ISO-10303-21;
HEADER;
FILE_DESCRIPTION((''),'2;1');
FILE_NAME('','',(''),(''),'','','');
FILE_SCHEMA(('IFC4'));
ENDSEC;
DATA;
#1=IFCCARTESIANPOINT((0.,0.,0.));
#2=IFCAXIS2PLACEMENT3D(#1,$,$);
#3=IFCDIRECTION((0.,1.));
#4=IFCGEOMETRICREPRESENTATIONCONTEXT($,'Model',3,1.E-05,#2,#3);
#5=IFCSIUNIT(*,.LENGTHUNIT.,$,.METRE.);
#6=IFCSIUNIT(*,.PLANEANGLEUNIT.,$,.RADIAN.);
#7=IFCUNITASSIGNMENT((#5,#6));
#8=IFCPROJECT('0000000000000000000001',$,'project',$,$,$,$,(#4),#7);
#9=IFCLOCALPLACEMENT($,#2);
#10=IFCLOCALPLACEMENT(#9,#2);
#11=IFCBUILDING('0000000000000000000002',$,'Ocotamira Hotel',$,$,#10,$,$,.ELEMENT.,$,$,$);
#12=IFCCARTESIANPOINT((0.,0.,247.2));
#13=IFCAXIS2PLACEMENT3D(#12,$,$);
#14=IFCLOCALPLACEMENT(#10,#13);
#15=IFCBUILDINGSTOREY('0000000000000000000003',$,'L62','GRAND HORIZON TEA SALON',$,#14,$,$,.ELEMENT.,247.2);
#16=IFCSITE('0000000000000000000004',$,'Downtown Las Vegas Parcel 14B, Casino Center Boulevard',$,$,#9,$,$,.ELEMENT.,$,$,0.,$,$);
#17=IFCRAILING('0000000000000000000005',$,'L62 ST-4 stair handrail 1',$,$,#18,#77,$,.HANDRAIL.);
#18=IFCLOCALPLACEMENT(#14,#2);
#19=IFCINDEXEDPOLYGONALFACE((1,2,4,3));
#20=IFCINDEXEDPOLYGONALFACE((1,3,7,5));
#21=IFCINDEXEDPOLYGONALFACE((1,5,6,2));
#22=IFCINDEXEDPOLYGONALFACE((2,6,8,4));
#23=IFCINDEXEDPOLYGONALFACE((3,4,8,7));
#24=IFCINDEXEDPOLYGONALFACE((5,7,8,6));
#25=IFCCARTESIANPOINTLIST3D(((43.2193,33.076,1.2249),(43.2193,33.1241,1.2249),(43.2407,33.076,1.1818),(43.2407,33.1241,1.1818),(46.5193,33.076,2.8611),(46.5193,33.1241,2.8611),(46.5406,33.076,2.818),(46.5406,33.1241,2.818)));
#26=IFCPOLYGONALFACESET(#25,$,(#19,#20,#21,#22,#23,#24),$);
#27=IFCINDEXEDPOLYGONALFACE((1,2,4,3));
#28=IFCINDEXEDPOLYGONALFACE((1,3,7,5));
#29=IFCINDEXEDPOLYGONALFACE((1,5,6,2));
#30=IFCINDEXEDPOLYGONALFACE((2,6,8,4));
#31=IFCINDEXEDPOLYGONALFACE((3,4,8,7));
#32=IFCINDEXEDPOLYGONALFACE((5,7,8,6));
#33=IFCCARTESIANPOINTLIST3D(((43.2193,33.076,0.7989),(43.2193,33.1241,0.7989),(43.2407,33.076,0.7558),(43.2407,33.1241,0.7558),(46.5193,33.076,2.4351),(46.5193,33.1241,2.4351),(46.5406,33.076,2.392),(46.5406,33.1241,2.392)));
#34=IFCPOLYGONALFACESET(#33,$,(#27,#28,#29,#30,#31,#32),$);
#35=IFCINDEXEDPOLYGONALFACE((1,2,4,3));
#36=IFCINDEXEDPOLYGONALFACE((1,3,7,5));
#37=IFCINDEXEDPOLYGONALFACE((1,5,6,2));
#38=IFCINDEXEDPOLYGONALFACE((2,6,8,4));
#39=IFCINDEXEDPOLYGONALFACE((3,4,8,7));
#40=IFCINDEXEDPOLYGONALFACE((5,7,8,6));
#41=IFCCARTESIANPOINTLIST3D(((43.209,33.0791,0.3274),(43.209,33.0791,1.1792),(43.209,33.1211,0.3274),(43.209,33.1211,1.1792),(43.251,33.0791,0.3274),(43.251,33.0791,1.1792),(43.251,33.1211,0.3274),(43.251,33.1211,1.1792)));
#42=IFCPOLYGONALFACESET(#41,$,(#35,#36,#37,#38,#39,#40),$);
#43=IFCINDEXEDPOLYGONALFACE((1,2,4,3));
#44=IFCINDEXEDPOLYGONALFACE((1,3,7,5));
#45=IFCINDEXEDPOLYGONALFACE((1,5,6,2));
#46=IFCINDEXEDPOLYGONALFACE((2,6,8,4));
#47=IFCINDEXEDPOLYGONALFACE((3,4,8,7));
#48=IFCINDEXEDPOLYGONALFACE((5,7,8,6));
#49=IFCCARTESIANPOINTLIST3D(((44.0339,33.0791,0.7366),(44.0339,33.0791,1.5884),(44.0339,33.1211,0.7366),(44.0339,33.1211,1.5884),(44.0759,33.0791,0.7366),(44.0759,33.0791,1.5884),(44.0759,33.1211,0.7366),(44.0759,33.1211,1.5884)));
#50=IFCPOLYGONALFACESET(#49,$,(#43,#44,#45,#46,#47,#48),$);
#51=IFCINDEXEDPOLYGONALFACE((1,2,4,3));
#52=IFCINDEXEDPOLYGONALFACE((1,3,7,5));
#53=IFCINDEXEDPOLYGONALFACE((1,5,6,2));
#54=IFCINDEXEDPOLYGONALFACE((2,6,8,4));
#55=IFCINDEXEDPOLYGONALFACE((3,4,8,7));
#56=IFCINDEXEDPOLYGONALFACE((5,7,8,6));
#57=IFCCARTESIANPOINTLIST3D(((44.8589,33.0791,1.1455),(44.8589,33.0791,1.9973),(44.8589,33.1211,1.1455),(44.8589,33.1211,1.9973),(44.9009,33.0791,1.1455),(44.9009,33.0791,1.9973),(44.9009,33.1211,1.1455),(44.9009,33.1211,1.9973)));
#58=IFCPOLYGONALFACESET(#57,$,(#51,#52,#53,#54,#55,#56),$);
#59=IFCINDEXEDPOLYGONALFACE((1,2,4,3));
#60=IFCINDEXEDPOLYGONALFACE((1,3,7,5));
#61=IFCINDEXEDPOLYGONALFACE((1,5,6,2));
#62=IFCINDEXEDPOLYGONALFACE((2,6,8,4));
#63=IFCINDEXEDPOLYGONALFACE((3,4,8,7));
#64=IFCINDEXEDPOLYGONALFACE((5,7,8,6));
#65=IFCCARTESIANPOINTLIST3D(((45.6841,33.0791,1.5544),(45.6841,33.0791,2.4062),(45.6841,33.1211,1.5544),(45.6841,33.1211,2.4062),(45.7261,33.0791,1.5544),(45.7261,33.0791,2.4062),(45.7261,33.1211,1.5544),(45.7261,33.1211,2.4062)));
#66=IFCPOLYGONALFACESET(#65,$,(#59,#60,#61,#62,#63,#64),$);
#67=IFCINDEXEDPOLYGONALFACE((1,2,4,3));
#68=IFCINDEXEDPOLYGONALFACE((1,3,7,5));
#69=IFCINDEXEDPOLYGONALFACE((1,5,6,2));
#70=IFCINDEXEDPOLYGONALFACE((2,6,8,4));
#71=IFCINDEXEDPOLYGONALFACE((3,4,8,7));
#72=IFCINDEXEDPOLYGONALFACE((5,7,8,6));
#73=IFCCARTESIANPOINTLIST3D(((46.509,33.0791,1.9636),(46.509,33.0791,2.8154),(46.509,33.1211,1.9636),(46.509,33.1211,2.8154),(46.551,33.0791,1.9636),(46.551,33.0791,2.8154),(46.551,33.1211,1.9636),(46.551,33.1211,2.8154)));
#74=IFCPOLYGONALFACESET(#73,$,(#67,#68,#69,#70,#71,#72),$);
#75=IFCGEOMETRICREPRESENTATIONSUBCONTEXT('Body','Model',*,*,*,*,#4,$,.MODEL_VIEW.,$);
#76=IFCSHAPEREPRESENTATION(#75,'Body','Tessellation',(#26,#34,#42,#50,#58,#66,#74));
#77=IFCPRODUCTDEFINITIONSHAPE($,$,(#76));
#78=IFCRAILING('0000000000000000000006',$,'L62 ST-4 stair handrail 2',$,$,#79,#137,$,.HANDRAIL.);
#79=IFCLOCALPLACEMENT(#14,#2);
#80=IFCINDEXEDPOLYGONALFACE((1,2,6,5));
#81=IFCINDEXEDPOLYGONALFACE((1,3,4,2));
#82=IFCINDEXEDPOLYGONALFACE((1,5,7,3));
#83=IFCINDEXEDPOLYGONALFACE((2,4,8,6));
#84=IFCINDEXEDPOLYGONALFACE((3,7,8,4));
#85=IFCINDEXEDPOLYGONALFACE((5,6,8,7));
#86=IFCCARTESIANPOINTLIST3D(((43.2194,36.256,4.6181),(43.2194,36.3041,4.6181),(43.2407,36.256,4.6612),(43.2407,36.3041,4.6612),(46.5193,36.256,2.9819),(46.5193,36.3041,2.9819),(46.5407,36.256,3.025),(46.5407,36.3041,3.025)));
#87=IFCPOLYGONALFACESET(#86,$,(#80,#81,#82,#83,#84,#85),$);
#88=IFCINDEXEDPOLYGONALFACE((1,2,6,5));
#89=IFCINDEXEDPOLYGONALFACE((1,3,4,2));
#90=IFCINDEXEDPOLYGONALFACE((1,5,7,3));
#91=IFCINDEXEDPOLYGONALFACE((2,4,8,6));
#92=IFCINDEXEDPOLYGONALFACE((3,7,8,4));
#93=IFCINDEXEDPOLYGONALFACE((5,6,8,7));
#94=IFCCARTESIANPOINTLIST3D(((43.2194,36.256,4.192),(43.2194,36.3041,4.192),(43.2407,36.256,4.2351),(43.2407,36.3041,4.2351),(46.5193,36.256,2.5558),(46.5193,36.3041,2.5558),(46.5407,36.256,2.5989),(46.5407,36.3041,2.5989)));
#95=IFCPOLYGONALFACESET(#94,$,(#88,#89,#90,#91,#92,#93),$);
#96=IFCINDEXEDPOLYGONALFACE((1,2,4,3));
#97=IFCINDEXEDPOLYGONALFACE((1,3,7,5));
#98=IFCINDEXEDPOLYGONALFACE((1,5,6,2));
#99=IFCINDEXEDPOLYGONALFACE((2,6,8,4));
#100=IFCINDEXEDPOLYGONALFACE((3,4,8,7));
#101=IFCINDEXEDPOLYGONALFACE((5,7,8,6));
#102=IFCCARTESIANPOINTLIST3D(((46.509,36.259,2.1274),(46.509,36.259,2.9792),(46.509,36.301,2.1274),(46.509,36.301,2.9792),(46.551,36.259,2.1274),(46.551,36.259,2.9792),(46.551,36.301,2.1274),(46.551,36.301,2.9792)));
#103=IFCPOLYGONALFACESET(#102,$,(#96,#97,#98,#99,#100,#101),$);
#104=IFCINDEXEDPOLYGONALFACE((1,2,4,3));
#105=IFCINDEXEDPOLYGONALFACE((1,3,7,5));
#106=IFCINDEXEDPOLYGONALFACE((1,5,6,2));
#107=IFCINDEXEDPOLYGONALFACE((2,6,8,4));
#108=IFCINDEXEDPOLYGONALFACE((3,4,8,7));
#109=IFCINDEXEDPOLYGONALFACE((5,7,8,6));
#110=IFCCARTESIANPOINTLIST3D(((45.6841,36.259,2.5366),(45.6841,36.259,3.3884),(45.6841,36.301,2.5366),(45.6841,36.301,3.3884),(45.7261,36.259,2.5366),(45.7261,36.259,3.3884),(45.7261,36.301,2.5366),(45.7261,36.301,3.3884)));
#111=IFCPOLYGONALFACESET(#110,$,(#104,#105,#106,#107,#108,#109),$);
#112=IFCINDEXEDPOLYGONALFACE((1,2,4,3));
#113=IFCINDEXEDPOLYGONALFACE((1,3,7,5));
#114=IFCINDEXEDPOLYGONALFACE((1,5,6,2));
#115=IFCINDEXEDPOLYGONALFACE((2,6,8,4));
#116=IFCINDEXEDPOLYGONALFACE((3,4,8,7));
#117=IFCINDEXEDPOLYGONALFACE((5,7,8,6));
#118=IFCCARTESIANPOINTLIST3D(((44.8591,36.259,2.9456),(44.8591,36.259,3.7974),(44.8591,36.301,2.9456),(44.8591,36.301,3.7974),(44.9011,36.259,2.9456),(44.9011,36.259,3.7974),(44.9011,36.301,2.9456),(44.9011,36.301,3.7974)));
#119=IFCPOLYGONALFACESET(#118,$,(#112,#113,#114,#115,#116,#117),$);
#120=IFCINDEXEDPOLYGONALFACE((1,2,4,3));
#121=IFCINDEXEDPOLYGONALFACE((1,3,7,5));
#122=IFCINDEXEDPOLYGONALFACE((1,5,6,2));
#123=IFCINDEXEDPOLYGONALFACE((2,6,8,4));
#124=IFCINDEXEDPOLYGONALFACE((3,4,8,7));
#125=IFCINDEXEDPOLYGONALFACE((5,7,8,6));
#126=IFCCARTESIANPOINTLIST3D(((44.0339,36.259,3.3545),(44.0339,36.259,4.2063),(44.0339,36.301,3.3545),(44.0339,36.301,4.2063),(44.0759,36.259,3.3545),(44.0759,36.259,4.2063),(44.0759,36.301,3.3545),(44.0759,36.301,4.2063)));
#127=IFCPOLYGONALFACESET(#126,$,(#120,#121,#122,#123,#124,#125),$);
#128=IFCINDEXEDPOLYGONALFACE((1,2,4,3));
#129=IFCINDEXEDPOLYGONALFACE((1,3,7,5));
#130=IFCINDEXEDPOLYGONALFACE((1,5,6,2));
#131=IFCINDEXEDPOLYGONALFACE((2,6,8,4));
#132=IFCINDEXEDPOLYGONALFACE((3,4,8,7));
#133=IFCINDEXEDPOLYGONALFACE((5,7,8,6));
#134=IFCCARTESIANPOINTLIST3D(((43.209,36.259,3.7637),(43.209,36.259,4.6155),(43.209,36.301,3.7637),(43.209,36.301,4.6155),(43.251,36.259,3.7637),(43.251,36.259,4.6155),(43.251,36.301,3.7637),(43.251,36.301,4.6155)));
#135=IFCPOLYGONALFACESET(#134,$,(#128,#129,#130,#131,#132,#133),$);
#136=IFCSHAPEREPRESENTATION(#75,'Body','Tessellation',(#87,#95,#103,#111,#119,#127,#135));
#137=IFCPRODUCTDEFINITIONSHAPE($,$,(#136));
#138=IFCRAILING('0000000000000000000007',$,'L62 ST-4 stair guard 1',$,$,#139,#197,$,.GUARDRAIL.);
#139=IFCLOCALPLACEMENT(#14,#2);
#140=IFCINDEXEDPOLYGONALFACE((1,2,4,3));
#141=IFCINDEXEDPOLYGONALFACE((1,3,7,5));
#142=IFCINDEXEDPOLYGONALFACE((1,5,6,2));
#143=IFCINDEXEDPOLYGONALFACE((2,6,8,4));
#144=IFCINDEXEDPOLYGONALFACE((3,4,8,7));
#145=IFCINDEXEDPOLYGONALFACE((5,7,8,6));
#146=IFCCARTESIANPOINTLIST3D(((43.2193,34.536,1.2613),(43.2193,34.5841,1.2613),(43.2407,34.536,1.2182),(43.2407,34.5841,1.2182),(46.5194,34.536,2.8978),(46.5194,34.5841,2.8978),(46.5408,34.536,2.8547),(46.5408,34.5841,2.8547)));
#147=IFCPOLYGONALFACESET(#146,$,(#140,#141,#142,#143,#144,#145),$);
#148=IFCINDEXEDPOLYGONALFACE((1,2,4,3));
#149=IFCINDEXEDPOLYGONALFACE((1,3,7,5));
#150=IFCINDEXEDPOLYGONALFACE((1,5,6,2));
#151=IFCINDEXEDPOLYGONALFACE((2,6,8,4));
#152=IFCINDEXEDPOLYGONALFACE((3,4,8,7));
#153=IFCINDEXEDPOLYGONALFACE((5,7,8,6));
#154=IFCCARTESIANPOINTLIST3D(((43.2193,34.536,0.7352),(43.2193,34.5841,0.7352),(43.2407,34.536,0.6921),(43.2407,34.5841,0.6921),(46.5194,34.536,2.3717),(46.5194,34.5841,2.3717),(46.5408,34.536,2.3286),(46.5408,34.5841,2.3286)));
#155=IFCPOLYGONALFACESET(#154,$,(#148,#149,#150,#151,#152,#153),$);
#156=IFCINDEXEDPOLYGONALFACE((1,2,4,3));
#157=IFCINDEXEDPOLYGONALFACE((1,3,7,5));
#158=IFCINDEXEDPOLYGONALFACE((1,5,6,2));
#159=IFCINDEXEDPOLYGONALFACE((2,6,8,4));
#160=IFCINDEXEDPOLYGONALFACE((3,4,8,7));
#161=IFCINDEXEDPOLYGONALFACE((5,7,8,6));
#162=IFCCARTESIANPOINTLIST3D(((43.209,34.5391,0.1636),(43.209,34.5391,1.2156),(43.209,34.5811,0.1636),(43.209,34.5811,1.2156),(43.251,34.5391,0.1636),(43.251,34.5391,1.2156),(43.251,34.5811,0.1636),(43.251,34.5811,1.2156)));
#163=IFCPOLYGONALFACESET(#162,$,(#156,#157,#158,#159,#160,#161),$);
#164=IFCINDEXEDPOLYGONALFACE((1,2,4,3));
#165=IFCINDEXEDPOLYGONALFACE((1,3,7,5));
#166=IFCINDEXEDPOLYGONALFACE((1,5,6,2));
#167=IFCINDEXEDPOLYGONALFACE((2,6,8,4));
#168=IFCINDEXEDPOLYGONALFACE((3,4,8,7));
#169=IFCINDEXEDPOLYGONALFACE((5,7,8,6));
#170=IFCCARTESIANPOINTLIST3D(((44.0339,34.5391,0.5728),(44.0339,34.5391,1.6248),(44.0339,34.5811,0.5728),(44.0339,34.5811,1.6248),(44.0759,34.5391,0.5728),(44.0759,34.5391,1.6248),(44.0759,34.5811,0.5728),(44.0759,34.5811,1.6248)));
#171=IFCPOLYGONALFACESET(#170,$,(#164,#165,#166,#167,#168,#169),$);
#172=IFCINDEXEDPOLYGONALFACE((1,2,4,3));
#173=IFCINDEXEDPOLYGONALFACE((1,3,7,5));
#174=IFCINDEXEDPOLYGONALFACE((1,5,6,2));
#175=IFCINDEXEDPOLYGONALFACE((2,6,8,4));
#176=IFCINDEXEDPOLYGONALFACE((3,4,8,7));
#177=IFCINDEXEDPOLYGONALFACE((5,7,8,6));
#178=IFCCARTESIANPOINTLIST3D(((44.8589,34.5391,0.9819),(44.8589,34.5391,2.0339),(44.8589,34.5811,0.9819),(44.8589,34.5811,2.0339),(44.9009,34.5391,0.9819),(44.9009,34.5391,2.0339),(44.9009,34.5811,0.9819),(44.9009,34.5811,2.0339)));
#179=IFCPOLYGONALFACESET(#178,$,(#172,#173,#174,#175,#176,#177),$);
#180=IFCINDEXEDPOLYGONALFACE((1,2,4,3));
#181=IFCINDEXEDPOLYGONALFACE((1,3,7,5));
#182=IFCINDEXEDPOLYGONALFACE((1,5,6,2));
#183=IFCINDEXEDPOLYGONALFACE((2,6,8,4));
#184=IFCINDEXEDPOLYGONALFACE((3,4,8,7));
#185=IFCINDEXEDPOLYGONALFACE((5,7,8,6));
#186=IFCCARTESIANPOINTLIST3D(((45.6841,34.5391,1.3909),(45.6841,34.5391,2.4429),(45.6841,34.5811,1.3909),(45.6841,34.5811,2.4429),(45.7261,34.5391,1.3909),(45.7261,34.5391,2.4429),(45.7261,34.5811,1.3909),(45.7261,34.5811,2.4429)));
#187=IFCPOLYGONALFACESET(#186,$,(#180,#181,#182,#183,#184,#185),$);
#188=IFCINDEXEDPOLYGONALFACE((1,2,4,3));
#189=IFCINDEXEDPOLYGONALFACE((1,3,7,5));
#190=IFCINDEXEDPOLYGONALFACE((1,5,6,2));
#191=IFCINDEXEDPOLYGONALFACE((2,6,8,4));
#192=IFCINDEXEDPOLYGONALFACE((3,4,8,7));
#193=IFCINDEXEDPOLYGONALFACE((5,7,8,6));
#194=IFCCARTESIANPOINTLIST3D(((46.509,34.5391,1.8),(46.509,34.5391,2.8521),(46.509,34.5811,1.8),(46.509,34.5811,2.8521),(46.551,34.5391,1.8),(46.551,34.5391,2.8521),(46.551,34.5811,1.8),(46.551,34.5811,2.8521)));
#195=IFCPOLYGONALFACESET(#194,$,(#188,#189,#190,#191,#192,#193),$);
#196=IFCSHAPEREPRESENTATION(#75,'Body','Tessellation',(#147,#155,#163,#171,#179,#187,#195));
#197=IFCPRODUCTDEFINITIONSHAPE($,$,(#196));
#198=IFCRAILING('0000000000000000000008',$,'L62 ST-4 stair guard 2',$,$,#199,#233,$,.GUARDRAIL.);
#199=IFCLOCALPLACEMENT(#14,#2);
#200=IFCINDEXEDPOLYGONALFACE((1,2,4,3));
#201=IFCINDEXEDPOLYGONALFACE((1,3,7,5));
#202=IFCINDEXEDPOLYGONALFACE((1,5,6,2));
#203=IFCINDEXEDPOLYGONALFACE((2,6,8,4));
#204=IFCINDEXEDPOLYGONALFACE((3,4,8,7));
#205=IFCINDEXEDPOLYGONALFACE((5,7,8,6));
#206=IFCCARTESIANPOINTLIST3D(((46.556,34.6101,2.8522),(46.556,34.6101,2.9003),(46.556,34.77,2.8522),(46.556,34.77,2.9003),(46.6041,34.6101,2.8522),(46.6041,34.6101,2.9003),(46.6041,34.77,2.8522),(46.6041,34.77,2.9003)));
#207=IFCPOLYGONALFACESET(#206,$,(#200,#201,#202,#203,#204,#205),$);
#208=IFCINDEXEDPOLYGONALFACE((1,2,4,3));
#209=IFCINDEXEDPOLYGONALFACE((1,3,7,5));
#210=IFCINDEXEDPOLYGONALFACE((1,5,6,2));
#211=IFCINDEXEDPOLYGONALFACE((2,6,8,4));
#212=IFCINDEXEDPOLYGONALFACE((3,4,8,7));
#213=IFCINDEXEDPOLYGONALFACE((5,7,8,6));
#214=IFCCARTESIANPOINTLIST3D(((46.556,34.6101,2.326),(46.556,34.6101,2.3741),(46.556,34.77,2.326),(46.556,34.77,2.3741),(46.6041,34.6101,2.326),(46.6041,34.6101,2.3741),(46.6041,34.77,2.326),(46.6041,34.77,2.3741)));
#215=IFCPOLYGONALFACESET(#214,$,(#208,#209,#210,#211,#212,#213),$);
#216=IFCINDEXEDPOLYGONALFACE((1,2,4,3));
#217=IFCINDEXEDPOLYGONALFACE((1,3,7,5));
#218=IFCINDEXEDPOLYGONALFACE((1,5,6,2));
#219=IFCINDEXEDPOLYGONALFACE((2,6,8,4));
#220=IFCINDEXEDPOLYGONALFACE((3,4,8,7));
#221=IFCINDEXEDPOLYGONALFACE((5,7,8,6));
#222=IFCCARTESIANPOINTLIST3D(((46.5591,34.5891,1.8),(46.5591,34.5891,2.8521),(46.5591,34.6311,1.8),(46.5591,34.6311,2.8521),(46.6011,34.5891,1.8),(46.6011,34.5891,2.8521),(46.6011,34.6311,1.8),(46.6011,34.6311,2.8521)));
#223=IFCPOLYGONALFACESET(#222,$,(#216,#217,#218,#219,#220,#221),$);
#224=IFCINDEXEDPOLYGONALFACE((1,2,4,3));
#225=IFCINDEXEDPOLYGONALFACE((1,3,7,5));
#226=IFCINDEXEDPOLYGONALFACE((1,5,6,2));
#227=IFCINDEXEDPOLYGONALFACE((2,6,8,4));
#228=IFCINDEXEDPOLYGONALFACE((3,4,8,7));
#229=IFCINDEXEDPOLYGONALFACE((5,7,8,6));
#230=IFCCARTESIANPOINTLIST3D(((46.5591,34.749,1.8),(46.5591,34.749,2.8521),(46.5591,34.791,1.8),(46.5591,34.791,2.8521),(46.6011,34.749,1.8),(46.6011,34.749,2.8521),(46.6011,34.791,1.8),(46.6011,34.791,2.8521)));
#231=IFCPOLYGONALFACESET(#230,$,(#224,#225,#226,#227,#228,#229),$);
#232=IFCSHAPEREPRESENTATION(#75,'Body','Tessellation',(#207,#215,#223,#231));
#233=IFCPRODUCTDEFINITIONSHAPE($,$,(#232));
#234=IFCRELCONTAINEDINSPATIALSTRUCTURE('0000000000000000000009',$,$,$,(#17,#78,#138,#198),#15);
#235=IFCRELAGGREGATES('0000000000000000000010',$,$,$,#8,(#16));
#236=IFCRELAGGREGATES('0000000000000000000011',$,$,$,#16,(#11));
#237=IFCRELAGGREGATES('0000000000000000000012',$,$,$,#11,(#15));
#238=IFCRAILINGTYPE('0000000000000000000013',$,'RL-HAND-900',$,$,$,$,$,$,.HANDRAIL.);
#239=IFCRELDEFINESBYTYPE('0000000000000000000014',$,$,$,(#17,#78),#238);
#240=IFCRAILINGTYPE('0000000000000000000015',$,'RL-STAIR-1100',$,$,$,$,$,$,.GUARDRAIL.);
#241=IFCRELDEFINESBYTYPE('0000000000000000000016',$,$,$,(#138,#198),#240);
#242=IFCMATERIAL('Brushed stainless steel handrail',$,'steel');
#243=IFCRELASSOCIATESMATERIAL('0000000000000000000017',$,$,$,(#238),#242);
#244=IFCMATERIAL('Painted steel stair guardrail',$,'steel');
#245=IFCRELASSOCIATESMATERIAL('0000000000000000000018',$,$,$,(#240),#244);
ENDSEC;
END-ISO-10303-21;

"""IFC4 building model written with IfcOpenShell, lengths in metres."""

from ifc_helpers import new_model, si_unit, direction, frame, origin, origin_2d, place, context, subcontext, project, spatial, rectangle, extrude, material, type_object, element, save


model = new_model("IFC4")

# Units and contexts
model_context = context("Model", 3, precision=1e-05, world=origin(), true_north=direction((0.0, 1.0)))
body_context = subcontext(model_context, "Body", "Model", "MODEL_VIEW")
ifc_project = project(units=[si_unit("LENGTHUNIT", "METRE"), si_unit("PLANEANGLEUNIT", "RADIAN")], contexts=[model_context])

# Site, building, storey
site_placement = place(None, origin())
site = spatial("IfcSite", under=ifc_project, at=site_placement, Name="Downtown Las Vegas Parcel 14B, Casino Center Boulevard", CompositionType="ELEMENT", RefElevation=0.0)
building_placement = place(site_placement, origin())
building = spatial("IfcBuilding", under=site, at=building_placement, Name="Ocotamira Hotel", CompositionType="ELEMENT")
storey_placement = place(building_placement, frame((0.0, 0.0, 247.2)))
storey = spatial("IfcBuildingStorey", under=building, at=storey_placement, Name="L62", Description="GRAND HORIZON TEA SALON", CompositionType="ELEMENT", Elevation=247.2)

# Railings
ifc_material_1 = material(Name="Brushed stainless steel handrail", Category="steel")
railing_type_1 = type_object("IfcRailingType", Name="RL-HAND-900", PredefinedType="HANDRAIL", material=ifc_material_1)
railing_1_placement = place(storey_placement, frame((43.23, 33.1001, 0.3274)))
element("IfcRailing", 1, at=railing_1_placement, inside=storey, type_object=railing_type_1, Name="L62 ST-4 stair handrail 1", PredefinedType="HANDRAIL", context=body_context, shape_type="SweptSolid", body=[
    extrude(rectangle(XDim=0.0481, YDim=0.0481, at=origin_2d()), frame((0.0, 0.0, 0.876), z_axis=(0.89592, 0.0, 0.444215), x_axis=(0.0, 1.0, 0.0)), (0.0, 0.0, 1.0), 3.6833),
    extrude(rectangle(XDim=0.0481, YDim=0.0481, at=origin_2d()), frame((0.0, 0.0, 0.45), z_axis=(0.89592, 0.0, 0.444215), x_axis=(0.0, 1.0, 0.0)), (0.0, 0.0, 1.0), 3.6833),
    extrude(rectangle(XDim=0.042, YDim=0.042, at=origin_2d()), origin(), (0.0, 0.0, 1.0), 0.8518),
    extrude(rectangle(XDim=0.042, YDim=0.042, at=origin_2d()), frame((0.825, 0.0, 0.4092)), (0.0, 0.0, 1.0), 0.8518),
    extrude(rectangle(XDim=0.042, YDim=0.042, at=origin_2d()), frame((1.6499, 0.0, 0.8181)), (0.0, 0.0, 1.0), 0.8518),
    extrude(rectangle(XDim=0.042, YDim=0.042, at=origin_2d()), frame((2.4751, 0.0, 1.2271)), (0.0, 0.0, 1.0), 0.8518),
    extrude(rectangle(XDim=0.042, YDim=0.042, at=origin_2d()), frame((3.3, 0.0, 1.6362)), (0.0, 0.0, 1.0), 0.8518),
])
railing_2_placement = place(storey_placement, frame((46.53, 36.28, 2.1274)))
element("IfcRailing", 2, at=railing_2_placement, inside=storey, type_object=railing_type_1, Name="L62 ST-4 stair handrail 2", PredefinedType="HANDRAIL", context=body_context, shape_type="SweptSolid", body=[
    extrude(rectangle(XDim=0.0481, YDim=0.0481, at=origin_2d()), frame((0.0, 0.0, 0.876), z_axis=(-0.89592, 0.0, 0.444215), x_axis=(0.0, -1.0, 0.0)), (0.0, 0.0, 1.0), 3.6833),
    extrude(rectangle(XDim=0.0481, YDim=0.0481, at=origin_2d()), frame((0.0, 0.0, 0.45), z_axis=(-0.89592, 0.0, 0.444215), x_axis=(0.0, -1.0, 0.0)), (0.0, 0.0, 1.0), 3.6833),
    extrude(rectangle(XDim=0.042, YDim=0.042, at=origin_2d()), origin(), (0.0, 0.0, 1.0), 0.8518),
    extrude(rectangle(XDim=0.042, YDim=0.042, at=origin_2d()), frame((-0.825, 0.0, 0.4092)), (0.0, 0.0, 1.0), 0.8518),
    extrude(rectangle(XDim=0.042, YDim=0.042, at=origin_2d()), frame((-1.6499, 0.0, 0.8181)), (0.0, 0.0, 1.0), 0.8518),
    extrude(rectangle(XDim=0.042, YDim=0.042, at=origin_2d()), frame((-2.4751, 0.0, 1.2271)), (0.0, 0.0, 1.0), 0.8518),
    extrude(rectangle(XDim=0.042, YDim=0.042, at=origin_2d()), frame((-3.3, 0.0, 1.6362)), (0.0, 0.0, 1.0), 0.8518),
])
ifc_material_2 = material(Name="Painted steel stair guardrail", Category="steel")
railing_type_2 = type_object("IfcRailingType", Name="RL-STAIR-1100", PredefinedType="GUARDRAIL", material=ifc_material_2)
railing_3_placement = place(storey_placement, frame((43.23, 34.5601, 0.1636)))
element("IfcRailing", 3, at=railing_3_placement, inside=storey, type_object=railing_type_2, Name="L62 ST-4 stair guard 1", PredefinedType="GUARDRAIL", context=body_context, shape_type="SweptSolid", body=[
    extrude(rectangle(XDim=0.0481, YDim=0.0481, at=origin_2d()), frame((0.0, 0.0, 1.0762), z_axis=(0.895894, 0.0, 0.444268), x_axis=(0.0, 1.0, 0.0)), (0.0, 0.0, 1.0), 3.6836),
    extrude(rectangle(XDim=0.0481, YDim=0.0481, at=origin_2d()), frame((0.0, 0.0, 0.55), z_axis=(0.895894, 0.0, 0.444268), x_axis=(0.0, 1.0, 0.0)), (0.0, 0.0, 1.0), 3.6836),
    extrude(rectangle(XDim=0.042, YDim=0.042, at=origin_2d()), origin(), (0.0, 0.0, 1.0), 1.052),
    extrude(rectangle(XDim=0.042, YDim=0.042, at=origin_2d()), frame((0.825, 0.0, 0.4092)), (0.0, 0.0, 1.0), 1.052),
    extrude(rectangle(XDim=0.042, YDim=0.042, at=origin_2d()), frame((1.6499, 0.0, 0.8184)), (0.0, 0.0, 1.0), 1.052),
    extrude(rectangle(XDim=0.042, YDim=0.042, at=origin_2d()), frame((2.4751, 0.0, 1.2273)), (0.0, 0.0, 1.0), 1.052),
    extrude(rectangle(XDim=0.042, YDim=0.042, at=origin_2d()), frame((3.3, 0.0, 1.6365)), (0.0, 0.0, 1.0), 1.052),
])
railing_4_placement = place(storey_placement, frame((46.5801, 34.6101, 1.8)))
element("IfcRailing", 4, at=railing_4_placement, inside=storey, type_object=railing_type_2, Name="L62 ST-4 stair guard 2", PredefinedType="GUARDRAIL", context=body_context, shape_type="SweptSolid", body=[
    extrude(rectangle(XDim=0.0481, YDim=0.0481, at=origin_2d()), frame((0.0, 0.0, 1.0762), z_axis=(0.0, 1.0, 0.0), x_axis=(-1.0, 0.0, 0.0)), (0.0, 0.0, 1.0), 0.1599),
    extrude(rectangle(XDim=0.0481, YDim=0.0481, at=origin_2d()), frame((0.0, 0.0, 0.55), z_axis=(0.0, 1.0, 0.0), x_axis=(-1.0, 0.0, 0.0)), (0.0, 0.0, 1.0), 0.1599),
    extrude(rectangle(XDim=0.042, YDim=0.042, at=origin_2d()), origin(), (0.0, 0.0, 1.0), 1.052),
    extrude(rectangle(XDim=0.042, YDim=0.042, at=origin_2d()), frame((0.0, 0.1599, 0.0)), (0.0, 0.0, 1.0), 1.052),
])

save(model, "model.ifc")
